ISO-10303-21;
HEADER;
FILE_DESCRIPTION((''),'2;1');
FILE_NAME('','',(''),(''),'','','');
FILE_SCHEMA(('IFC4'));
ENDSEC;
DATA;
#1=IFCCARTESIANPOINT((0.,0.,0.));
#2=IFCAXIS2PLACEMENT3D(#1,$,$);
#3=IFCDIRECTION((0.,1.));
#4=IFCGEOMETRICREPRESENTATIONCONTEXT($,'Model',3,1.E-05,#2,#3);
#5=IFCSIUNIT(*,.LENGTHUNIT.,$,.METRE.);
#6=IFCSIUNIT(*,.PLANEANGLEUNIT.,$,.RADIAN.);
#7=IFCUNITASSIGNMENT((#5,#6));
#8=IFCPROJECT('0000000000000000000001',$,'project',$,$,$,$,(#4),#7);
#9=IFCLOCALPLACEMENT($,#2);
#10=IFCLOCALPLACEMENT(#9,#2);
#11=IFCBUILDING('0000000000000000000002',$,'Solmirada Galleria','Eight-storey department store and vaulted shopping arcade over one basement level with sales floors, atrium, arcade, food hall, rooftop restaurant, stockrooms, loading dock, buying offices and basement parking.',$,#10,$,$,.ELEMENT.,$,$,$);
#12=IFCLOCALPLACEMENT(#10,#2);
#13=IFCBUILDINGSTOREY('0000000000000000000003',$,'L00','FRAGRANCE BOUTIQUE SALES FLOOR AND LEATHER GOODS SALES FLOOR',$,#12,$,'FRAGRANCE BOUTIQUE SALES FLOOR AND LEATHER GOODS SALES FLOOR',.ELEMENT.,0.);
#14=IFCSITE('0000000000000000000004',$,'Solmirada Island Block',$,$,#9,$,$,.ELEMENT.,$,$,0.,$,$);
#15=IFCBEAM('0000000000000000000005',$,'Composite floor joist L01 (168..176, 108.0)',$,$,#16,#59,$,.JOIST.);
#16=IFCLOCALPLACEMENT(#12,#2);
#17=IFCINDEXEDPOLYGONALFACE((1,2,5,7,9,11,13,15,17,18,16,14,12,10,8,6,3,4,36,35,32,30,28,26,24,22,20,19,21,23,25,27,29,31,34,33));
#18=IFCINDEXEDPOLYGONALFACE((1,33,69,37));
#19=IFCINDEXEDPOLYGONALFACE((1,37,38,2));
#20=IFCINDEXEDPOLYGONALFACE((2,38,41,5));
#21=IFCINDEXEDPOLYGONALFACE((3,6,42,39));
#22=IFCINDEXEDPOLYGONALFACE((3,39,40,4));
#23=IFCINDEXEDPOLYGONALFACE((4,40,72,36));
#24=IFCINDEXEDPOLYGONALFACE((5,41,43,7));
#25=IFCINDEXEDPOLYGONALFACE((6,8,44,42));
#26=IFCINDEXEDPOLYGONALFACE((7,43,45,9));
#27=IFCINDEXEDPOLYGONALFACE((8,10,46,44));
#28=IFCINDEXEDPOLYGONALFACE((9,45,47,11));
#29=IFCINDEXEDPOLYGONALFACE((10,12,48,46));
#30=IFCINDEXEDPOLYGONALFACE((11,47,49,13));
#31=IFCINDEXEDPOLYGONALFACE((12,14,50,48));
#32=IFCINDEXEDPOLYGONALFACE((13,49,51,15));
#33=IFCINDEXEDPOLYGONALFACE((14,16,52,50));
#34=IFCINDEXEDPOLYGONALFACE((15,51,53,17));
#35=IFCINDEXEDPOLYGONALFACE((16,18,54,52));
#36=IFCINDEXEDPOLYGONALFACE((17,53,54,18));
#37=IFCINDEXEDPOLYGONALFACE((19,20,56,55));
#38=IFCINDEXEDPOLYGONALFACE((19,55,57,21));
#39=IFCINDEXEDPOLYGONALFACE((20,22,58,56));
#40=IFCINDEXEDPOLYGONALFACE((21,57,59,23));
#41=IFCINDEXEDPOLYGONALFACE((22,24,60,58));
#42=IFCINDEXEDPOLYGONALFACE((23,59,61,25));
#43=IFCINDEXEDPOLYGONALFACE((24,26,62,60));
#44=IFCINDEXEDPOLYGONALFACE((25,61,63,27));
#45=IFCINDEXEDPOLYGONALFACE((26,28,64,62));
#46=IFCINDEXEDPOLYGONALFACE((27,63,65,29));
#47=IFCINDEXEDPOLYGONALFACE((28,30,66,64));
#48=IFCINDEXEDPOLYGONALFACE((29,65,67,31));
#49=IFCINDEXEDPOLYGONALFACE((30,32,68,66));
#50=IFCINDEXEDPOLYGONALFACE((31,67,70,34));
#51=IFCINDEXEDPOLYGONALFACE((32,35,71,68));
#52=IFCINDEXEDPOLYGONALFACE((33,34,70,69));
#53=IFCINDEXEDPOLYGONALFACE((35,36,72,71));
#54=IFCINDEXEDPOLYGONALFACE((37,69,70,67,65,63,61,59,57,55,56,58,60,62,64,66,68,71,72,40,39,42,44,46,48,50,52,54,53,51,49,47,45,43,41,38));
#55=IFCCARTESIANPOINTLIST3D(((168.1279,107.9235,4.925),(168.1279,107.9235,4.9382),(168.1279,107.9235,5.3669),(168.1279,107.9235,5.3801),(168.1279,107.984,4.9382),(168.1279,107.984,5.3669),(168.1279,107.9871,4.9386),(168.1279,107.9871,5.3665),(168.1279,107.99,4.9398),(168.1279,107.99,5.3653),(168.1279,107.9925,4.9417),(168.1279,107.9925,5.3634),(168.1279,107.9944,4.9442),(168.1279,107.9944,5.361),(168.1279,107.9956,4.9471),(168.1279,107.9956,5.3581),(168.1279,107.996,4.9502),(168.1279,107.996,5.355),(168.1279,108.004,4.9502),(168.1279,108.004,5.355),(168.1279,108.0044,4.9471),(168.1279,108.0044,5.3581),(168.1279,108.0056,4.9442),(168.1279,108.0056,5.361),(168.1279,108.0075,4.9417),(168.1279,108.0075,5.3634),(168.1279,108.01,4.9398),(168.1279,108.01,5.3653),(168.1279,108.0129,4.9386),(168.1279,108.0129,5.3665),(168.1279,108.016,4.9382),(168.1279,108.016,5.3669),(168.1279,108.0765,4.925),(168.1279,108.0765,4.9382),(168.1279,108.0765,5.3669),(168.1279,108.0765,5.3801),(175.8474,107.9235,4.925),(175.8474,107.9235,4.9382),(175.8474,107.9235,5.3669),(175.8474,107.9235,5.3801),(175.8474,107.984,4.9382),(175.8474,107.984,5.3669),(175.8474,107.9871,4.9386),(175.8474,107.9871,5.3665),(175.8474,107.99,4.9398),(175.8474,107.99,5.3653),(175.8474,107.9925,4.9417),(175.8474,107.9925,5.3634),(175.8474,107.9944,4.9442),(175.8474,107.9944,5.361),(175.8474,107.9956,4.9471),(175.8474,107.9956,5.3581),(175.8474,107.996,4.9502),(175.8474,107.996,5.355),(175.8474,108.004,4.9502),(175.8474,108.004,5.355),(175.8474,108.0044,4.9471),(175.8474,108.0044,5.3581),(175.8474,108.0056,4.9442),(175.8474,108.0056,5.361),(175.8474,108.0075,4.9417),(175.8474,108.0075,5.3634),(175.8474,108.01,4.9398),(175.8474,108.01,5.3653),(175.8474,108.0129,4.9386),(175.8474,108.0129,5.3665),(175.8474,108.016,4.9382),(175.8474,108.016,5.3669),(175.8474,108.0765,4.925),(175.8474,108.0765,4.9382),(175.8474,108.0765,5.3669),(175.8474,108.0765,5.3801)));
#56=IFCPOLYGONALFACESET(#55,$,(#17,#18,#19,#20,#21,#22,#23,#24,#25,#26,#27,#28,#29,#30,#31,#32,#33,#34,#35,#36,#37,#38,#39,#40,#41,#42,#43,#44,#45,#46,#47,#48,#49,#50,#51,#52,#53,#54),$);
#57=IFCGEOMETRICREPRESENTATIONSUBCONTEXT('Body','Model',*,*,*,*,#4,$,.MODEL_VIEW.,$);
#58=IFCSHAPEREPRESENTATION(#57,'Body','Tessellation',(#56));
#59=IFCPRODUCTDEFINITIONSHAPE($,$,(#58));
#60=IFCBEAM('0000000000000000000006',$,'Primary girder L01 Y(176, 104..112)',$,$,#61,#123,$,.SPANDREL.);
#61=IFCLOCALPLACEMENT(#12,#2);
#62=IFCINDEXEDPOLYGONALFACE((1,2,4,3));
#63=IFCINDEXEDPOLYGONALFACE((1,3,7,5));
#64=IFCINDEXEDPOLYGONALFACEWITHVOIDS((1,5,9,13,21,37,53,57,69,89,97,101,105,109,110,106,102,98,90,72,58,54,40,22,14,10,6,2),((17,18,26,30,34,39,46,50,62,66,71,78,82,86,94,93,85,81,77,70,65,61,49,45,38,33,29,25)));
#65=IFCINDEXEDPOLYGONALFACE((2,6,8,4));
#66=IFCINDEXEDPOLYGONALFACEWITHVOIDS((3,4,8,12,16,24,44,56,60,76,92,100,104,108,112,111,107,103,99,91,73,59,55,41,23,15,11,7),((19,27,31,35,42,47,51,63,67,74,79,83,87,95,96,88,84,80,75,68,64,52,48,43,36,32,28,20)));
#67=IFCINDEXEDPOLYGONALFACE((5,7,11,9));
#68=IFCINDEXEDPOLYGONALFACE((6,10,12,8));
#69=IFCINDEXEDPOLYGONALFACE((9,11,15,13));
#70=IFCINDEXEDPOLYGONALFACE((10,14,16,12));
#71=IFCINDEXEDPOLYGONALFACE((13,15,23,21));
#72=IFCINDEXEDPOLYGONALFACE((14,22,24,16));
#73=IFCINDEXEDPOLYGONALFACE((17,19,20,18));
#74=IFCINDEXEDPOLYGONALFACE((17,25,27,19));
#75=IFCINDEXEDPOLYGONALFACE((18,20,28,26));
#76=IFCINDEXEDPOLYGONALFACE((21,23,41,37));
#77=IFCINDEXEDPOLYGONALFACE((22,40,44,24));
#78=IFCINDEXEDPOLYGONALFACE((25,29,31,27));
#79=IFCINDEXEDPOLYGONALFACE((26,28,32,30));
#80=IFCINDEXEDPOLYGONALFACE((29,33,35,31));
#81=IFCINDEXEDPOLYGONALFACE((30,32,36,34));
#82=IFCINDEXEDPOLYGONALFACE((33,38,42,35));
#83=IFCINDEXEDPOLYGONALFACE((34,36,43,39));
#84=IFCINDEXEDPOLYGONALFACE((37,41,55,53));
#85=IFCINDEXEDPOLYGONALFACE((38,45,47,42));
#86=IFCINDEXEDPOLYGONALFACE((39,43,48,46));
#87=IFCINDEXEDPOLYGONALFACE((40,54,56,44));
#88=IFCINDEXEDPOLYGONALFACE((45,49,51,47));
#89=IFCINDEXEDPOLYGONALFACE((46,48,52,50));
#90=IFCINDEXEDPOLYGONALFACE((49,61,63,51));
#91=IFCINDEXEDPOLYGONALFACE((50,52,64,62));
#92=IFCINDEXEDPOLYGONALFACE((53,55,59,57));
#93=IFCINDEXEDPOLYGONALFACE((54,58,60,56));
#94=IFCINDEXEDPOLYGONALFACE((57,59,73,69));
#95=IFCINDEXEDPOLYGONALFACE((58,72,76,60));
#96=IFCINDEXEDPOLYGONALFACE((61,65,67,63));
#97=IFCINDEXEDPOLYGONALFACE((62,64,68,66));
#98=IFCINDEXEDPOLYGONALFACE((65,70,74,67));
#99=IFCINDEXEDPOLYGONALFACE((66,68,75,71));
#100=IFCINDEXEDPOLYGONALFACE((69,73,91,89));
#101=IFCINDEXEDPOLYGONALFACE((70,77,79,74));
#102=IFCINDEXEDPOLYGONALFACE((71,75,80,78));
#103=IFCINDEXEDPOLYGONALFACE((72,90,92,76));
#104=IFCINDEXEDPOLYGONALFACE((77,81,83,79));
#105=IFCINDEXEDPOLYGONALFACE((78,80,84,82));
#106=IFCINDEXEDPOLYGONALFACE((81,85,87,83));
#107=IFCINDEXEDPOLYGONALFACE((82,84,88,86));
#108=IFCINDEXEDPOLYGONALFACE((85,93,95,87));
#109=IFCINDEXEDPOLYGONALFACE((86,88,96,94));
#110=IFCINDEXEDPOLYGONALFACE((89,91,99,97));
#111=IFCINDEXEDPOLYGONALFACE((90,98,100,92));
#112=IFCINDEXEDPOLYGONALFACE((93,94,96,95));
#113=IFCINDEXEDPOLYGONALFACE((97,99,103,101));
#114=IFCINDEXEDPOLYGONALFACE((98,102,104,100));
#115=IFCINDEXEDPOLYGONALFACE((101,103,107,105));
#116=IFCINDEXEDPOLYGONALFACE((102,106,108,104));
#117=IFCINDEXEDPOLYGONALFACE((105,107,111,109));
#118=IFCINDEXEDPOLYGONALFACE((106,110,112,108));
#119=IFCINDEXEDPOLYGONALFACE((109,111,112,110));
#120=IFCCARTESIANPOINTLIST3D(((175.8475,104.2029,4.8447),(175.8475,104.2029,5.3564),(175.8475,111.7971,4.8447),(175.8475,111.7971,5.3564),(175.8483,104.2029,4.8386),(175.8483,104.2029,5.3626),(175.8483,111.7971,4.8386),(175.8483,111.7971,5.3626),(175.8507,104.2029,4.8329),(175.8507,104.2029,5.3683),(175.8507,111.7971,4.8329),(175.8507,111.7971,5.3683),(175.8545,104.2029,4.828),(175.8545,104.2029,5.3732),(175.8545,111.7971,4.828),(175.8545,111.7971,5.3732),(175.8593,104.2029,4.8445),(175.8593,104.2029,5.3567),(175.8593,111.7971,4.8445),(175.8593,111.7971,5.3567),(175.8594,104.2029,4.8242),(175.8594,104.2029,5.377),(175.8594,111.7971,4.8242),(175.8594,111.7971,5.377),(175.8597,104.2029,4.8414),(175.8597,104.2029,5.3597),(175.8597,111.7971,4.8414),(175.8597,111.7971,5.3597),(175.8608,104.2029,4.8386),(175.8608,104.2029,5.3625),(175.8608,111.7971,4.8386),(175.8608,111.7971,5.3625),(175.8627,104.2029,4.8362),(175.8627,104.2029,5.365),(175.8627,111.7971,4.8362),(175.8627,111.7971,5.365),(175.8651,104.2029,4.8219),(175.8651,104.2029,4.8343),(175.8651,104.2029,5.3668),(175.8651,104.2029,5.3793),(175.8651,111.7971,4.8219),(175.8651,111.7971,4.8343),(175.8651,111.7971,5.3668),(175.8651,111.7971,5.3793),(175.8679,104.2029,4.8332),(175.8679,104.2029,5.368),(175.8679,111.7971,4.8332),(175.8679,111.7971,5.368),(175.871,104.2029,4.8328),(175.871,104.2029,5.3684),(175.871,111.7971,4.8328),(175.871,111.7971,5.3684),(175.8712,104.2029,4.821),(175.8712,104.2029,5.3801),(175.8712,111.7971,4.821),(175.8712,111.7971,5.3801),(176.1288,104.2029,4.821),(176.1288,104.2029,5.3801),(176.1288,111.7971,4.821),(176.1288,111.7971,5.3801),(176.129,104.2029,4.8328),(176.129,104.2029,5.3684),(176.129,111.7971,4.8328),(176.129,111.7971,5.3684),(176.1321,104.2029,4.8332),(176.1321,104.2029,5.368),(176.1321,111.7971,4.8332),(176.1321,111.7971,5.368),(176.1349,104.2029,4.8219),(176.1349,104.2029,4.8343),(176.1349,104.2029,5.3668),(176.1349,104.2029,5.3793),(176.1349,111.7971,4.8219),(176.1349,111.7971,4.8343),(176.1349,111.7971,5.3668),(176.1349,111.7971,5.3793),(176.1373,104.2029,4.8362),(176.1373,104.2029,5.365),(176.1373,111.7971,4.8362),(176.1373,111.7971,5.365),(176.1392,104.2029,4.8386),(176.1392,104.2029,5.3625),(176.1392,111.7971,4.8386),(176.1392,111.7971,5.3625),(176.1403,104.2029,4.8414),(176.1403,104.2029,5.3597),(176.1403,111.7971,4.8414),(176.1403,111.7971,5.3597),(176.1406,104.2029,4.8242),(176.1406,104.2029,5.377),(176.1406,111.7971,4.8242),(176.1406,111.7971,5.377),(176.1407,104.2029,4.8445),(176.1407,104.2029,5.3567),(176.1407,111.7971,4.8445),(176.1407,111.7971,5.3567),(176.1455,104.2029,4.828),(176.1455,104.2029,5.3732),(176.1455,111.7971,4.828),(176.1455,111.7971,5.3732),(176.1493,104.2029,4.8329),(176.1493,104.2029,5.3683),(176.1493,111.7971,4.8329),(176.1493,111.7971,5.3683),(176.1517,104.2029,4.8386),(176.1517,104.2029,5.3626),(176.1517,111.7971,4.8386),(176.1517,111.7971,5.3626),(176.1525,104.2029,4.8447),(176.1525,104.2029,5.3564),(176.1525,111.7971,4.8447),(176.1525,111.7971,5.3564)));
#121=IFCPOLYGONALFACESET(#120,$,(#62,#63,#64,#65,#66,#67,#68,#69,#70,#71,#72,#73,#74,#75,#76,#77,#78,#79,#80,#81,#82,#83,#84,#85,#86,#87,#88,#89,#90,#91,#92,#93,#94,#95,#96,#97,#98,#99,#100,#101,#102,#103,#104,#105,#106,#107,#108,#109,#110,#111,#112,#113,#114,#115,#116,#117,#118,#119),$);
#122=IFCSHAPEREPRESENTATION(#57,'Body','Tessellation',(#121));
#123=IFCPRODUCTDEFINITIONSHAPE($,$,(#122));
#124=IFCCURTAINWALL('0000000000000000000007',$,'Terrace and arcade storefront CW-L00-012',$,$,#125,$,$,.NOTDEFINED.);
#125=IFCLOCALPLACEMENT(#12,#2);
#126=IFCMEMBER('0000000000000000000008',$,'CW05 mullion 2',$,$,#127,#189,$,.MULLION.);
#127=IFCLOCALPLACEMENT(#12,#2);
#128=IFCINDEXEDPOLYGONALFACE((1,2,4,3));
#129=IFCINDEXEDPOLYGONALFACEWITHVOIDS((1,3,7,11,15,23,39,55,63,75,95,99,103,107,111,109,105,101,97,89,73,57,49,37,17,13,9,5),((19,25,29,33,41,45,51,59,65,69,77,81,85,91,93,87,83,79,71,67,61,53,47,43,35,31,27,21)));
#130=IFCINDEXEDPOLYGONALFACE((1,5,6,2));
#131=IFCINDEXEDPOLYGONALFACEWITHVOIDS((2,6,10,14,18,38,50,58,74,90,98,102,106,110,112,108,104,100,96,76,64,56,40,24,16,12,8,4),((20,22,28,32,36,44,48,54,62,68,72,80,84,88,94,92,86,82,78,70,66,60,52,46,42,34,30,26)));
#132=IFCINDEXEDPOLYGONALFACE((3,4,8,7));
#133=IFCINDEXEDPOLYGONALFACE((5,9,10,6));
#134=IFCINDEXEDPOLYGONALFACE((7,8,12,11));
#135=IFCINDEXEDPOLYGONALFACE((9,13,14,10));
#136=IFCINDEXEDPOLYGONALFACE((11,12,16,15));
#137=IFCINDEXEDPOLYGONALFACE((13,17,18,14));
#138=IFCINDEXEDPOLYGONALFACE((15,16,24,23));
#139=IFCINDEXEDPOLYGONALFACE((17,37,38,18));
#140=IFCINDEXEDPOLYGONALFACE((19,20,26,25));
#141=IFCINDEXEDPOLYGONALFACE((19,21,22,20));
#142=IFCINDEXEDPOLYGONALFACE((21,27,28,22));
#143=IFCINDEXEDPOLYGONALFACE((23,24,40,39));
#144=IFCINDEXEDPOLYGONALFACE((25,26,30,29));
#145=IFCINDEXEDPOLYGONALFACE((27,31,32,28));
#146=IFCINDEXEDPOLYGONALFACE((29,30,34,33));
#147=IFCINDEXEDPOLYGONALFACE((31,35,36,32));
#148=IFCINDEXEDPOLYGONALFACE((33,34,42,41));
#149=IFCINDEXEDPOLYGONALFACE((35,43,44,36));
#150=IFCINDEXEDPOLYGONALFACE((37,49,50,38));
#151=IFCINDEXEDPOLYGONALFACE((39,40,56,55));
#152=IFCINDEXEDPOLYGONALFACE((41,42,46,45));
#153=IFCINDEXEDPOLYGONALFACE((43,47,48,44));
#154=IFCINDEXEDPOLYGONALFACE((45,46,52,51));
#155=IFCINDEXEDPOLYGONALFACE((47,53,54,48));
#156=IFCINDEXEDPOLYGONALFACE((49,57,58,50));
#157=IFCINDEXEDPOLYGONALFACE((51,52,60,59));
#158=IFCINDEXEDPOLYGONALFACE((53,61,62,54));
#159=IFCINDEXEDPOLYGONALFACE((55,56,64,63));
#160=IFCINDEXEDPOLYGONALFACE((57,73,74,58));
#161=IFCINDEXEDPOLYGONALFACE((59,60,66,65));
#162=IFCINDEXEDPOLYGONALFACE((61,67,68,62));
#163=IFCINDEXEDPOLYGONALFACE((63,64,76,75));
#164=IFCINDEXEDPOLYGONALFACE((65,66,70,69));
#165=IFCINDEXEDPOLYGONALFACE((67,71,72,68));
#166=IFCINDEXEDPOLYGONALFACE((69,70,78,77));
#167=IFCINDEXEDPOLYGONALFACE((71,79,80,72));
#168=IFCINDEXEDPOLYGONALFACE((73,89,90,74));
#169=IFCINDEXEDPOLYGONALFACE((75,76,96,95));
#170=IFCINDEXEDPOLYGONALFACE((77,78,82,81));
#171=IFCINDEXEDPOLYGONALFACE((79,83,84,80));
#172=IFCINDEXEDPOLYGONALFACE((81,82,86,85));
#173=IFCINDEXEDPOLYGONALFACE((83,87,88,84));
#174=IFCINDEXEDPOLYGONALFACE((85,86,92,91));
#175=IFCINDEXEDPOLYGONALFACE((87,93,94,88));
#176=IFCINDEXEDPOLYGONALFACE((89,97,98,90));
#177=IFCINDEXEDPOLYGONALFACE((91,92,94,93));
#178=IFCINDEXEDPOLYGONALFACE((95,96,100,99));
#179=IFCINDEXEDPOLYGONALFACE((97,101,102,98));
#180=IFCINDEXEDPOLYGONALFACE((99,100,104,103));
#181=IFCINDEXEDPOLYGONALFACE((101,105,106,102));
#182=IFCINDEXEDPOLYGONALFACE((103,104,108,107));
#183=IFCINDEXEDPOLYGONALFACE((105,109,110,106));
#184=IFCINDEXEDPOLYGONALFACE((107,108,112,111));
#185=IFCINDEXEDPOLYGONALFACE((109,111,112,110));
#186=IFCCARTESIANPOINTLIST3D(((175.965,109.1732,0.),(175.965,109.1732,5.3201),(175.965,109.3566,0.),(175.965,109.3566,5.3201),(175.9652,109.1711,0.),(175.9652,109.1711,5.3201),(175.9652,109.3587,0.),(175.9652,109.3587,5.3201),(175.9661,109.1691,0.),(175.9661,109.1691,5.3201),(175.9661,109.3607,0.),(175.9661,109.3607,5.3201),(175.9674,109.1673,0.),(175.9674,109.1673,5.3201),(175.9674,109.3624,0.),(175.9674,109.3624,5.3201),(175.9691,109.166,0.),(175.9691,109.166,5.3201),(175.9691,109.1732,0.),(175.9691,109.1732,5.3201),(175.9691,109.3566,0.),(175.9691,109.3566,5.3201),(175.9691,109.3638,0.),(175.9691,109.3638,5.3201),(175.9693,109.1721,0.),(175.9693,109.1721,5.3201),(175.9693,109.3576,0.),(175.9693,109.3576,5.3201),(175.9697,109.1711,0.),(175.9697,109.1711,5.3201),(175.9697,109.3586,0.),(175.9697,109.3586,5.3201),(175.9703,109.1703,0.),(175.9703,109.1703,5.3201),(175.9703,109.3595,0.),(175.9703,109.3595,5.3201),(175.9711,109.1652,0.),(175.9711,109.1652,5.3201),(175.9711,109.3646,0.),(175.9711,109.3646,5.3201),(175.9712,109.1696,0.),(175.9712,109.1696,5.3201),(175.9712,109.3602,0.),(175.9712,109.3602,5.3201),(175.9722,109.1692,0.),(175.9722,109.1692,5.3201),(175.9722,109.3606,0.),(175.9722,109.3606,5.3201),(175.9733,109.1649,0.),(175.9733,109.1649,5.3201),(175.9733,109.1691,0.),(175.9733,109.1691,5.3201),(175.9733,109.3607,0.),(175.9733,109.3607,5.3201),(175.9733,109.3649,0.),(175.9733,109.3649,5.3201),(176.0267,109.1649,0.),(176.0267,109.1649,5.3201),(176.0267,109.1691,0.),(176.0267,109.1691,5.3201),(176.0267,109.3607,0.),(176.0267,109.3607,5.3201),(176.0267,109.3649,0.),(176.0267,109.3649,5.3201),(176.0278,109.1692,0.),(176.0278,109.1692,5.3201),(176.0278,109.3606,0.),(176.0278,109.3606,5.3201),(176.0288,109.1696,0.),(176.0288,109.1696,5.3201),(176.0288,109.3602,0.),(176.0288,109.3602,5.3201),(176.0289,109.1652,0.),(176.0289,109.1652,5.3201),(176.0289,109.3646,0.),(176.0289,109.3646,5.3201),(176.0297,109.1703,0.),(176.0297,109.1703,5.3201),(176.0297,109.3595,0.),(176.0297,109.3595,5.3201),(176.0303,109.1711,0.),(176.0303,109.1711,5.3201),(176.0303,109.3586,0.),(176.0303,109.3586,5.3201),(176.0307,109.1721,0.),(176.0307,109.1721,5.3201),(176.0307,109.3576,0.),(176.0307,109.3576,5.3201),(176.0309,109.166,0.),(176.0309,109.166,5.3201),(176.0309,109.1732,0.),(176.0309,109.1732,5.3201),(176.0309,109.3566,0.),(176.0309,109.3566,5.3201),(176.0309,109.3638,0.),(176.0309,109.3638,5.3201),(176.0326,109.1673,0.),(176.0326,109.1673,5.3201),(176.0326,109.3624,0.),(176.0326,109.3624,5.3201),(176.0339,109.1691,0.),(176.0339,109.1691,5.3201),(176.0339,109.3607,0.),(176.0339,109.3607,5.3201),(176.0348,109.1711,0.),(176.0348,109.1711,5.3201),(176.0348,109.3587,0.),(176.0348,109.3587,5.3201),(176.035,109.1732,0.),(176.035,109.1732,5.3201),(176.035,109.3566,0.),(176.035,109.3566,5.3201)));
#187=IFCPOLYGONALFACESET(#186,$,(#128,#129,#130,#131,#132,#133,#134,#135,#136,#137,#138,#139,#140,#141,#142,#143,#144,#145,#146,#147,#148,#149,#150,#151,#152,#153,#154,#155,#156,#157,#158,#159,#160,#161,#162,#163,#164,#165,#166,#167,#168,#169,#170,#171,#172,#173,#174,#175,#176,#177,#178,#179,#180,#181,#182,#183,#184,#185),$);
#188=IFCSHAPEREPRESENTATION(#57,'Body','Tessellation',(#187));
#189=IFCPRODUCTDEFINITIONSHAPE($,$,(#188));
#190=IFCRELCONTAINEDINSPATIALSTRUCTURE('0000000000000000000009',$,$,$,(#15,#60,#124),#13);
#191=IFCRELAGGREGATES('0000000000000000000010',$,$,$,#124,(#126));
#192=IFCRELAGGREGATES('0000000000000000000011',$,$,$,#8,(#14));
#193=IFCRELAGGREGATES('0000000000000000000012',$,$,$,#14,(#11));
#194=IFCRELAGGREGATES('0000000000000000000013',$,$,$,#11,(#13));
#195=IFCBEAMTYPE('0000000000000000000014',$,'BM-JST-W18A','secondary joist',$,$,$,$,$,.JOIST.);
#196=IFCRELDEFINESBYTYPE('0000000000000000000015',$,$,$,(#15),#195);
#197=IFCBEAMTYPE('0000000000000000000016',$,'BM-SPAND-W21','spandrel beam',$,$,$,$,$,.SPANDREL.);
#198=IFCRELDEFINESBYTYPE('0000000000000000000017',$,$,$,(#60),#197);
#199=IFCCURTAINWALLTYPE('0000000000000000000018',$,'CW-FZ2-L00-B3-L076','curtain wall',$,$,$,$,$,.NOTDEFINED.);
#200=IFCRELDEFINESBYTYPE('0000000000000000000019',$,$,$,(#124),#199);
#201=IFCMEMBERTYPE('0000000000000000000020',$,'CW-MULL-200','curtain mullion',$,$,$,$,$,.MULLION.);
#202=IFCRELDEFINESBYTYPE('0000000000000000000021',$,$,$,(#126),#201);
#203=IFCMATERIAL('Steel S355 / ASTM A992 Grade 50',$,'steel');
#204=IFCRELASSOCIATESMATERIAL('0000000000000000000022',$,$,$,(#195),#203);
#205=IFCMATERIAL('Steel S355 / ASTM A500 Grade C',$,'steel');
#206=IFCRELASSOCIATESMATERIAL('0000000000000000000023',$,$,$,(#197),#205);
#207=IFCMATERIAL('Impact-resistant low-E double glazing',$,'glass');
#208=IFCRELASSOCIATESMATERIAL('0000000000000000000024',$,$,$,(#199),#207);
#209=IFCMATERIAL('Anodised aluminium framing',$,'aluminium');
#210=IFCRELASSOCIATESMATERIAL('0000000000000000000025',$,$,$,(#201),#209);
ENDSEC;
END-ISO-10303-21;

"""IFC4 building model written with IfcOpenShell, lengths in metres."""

from ifc_helpers import new_model, si_unit, direction, frame, origin, origin_2d, place, context, subcontext, project, spatial, hollow_rectangle, i_section, extrude, material, material_profile, profile_set, type_object, element, aggregate, save


model = new_model("IFC4")

# Units and contexts
model_context = context("Model", 3, precision=1e-05, world=origin(), true_north=direction((0.0, 1.0)))
body_context = subcontext(model_context, "Body", "Model", "MODEL_VIEW")
ifc_project = project(units=[si_unit("LENGTHUNIT", "METRE"), si_unit("PLANEANGLEUNIT", "RADIAN")], contexts=[model_context])

# Site, building, storey
site_placement = place(None, origin())
site = spatial("IfcSite", under=ifc_project, at=site_placement, Name="Solmirada Island Block", CompositionType="ELEMENT", RefElevation=0.0)
building_placement = place(site_placement, origin())
building = spatial("IfcBuilding", under=site, at=building_placement, Name="Solmirada Galleria", Description="Eight-storey department store and vaulted shopping arcade over one basement level with sales floors, atrium, arcade, food hall, rooftop restaurant, stockrooms, loading dock, buying offices and basement parking.", CompositionType="ELEMENT")
storey_placement = place(building_placement, origin())
storey = spatial("IfcBuildingStorey", under=building, at=storey_placement, Name="L00", Description="FRAGRANCE BOUTIQUE SALES FLOOR AND LEATHER GOODS SALES FLOOR", LongName="FRAGRANCE BOUTIQUE SALES FLOOR AND LEATHER GOODS SALES FLOOR", CompositionType="ELEMENT", Elevation=0.0)

# Shared definitions
ifc_material_1 = material(Name="Steel S355 / ASTM A500 Grade C", Category="steel")

# Beams
ifc_material_2 = material(Name="Steel S355 / ASTM A992 Grade 50", Category="steel")
ifc_material_profile_1 = material_profile(ifc_material_2, i_section(OverallWidth=0.1531, OverallDepth=0.4551, WebThickness=0.0081, FlangeThickness=0.0132, FilletRadius=0.012, at=origin_2d()), Name="W18X40")
ifc_profile_set_1 = profile_set([ifc_material_profile_1], Name="Steel S355 / ASTM A992 Grade 50")
beam_type_1 = type_object("IfcBeamType", Name="BM-JST-W18A", Description="secondary joist", PredefinedType="JOIST", material=ifc_profile_set_1)
beam_1_placement = place(storey_placement, frame((168.1279, 108.0, 5.1526), z_axis=(1.0, 0.0, 0.0), x_axis=(0.0, 1.0, 0.0)))
element("IfcBeam", 1, at=beam_1_placement, inside=storey, type_object=beam_type_1, Name="Composite floor joist L01 (168..176, 108.0)", PredefinedType="JOIST", context=body_context, shape_type="SweptSolid", body=[
    extrude(i_section(OverallWidth=0.1531, OverallDepth=0.4551, WebThickness=0.0081, FlangeThickness=0.0132, FilletRadius=0.012, at=origin_2d()), origin(), (0.0, 0.0, 1.0), 7.7195),
])
ifc_material_profile_2 = material_profile(ifc_material_1, hollow_rectangle(XDim=0.3049, YDim=0.5591, WallThickness=0.0117, InnerFilletRadius=0.0117, OuterFilletRadius=0.0237, at=origin_2d()), Name="HSS22X12X1/2")
ifc_profile_set_2 = profile_set([ifc_material_profile_2], Name="Steel S355 / ASTM A500 Grade C")
beam_type_2 = type_object("IfcBeamType", Name="BM-SPAND-W21", Description="spandrel beam", PredefinedType="SPANDREL", material=ifc_profile_set_2)
beam_2_placement = place(storey_placement, frame((176.0, 104.2029, 5.1006), z_axis=(0.0, 1.0, 0.0), x_axis=(-1.0, 0.0, 0.0)))
element("IfcBeam", 2, at=beam_2_placement, inside=storey, type_object=beam_type_2, Name="Primary girder L01 Y(176, 104..112)", PredefinedType="SPANDREL", context=body_context, shape_type="SweptSolid", body=[
    extrude(hollow_rectangle(XDim=0.3049, YDim=0.5591, WallThickness=0.0117, InnerFilletRadius=0.0117, OuterFilletRadius=0.0237, at=origin_2d()), origin(), (0.0, 0.0, 1.0), 7.5942),
])

# Curtain wall, member
ifc_material_3 = material(Name="Impact-resistant low-E double glazing", Category="glass")
curtain_wall_type = type_object("IfcCurtainWallType", Name="CW-FZ2-L00-B3-L076", Description="curtain wall", PredefinedType="NOTDEFINED", material=ifc_material_3)
curtain_wall_placement = place(storey_placement, origin())
curtain_wall = element("IfcCurtainWall", 3, at=curtain_wall_placement, inside=storey, type_object=curtain_wall_type, Name="Terrace and arcade storefront CW-L00-012", PredefinedType="NOTDEFINED")
ifc_material_4 = material(Name="Anodised aluminium framing", Category="aluminium")
ifc_material_profile_3 = material_profile(ifc_material_4, hollow_rectangle(XDim=0.0701, YDim=0.2, WallThickness=0.0042, InnerFilletRadius=0.0042, OuterFilletRadius=0.0083, at=origin_2d()), Name="ALU-MULL-200X70")
ifc_profile_set_3 = profile_set([ifc_material_profile_3], Name="Anodised aluminium framing")
member_type_1 = type_object("IfcMemberType", Name="CW-MULL-200", Description="curtain mullion", PredefinedType="MULLION", material=ifc_profile_set_3)
member_1_placement = place(storey_placement, frame((176.0, 109.2649, 0.0), z_axis=(0.0, 0.0, 1.0), x_axis=(1.0, 0.0, 0.0)))
member_1 = element("IfcMember", 4, at=member_1_placement, type_object=member_type_1, Name="CW05 mullion 2", PredefinedType="MULLION", context=body_context, shape_type="SweptSolid", body=[
    extrude(hollow_rectangle(XDim=0.0701, YDim=0.2, WallThickness=0.0042, InnerFilletRadius=0.0042, OuterFilletRadius=0.0083, at=origin_2d()), origin(), (0.0, 0.0, 1.0), 5.3201),
])
aggregate(curtain_wall, [member_1])

save(model, "model.ifc")
